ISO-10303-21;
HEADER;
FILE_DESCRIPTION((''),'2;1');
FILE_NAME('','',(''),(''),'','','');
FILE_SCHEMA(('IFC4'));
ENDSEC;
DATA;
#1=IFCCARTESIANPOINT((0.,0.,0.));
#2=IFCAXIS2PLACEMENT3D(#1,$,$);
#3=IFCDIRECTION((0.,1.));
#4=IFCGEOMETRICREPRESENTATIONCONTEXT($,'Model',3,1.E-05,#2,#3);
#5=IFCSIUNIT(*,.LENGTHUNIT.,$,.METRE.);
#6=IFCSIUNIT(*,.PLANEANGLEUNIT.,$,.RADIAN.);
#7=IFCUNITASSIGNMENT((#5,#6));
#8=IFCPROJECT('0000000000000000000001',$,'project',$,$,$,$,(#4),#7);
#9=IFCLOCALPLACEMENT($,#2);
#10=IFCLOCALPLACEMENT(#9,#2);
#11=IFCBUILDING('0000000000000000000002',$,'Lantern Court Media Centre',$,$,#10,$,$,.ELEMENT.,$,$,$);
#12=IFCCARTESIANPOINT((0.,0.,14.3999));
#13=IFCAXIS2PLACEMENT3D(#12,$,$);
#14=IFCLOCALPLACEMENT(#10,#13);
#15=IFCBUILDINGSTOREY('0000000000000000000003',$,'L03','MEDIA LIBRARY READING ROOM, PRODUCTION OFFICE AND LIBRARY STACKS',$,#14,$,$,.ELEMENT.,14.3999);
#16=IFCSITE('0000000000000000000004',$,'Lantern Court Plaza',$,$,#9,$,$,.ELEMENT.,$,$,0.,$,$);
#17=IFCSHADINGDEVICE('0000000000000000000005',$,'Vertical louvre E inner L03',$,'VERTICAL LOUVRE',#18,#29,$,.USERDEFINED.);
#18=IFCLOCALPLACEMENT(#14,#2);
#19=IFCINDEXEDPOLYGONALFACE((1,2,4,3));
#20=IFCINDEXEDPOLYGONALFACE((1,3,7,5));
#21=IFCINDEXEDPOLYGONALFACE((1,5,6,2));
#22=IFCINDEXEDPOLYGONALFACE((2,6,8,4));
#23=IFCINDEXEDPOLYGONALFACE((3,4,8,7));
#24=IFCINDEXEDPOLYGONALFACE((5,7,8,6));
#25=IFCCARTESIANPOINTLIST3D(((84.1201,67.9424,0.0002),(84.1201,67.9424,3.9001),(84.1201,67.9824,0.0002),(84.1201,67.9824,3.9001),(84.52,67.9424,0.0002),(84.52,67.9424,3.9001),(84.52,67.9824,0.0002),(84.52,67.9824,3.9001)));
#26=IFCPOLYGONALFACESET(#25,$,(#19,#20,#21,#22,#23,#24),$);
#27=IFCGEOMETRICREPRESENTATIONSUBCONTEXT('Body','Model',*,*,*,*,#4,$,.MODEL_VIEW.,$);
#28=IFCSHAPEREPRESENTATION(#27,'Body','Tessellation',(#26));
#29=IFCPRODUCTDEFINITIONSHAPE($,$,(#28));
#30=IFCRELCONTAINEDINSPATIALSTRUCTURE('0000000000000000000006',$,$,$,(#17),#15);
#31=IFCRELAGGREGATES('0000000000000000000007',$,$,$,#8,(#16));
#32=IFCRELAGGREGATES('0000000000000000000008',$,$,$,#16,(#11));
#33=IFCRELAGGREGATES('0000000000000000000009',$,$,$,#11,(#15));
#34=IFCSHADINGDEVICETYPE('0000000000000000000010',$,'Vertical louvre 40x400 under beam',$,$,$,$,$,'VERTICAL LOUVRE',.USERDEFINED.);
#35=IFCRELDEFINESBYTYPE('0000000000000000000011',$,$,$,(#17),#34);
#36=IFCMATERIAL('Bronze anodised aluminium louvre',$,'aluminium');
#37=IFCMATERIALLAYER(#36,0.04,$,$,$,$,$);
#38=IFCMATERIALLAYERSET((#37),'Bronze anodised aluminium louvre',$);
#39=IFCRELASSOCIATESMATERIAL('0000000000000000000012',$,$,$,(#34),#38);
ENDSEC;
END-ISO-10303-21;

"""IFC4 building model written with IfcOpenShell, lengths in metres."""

from ifc_helpers import new_model, si_unit, direction, frame, origin, origin_2d, place, context, subcontext, project, spatial, rectangle, extrude, material, layer, layer_set, type_object, element, save


model = new_model("IFC4")

# Units and contexts
model_context = context("Model", 3, precision=1e-05, world=origin(), true_north=direction((0.0, 1.0)))
body_context = subcontext(model_context, "Body", "Model", "MODEL_VIEW")
ifc_project = project(units=[si_unit("LENGTHUNIT", "METRE"), si_unit("PLANEANGLEUNIT", "RADIAN")], contexts=[model_context])

# Site, building, storey
site_placement = place(None, origin())
site = spatial("IfcSite", under=ifc_project, at=site_placement, Name="Lantern Court Plaza", CompositionType="ELEMENT", RefElevation=0.0)
building_placement = place(site_placement, origin())
building = spatial("IfcBuilding", under=site, at=building_placement, Name="Lantern Court Media Centre", CompositionType="ELEMENT")
storey_placement = place(building_placement, frame((0.0, 0.0, 14.3999)))
storey = spatial("IfcBuildingStorey", under=building, at=storey_placement, Name="L03", Description="MEDIA LIBRARY READING ROOM, PRODUCTION OFFICE AND LIBRARY STACKS", CompositionType="ELEMENT", Elevation=14.3999)

# Shading device
ifc_material_1 = material(Name="Bronze anodised aluminium louvre", Category="aluminium")
ifc_layer_1 = layer(ifc_material_1, 0.04)
ifc_layer_set_1 = layer_set([ifc_layer_1], Name="Bronze anodised aluminium louvre")
shading_device_type = type_object("IfcShadingDeviceType", Name="Vertical louvre 40x400 under beam", ElementType="VERTICAL LOUVRE", PredefinedType="USERDEFINED", material=ifc_layer_set_1)
for number, where, z_axis, x_axis, name in (
    (1, (84.3201, 67.9624, 0.0002), (0.0, 0.0, 1.0), (1.0, 0.0, 0.0), "Vertical louvre E inner L03"),
):
    element("IfcShadingDevice", number, at=place(storey_placement, frame(where, z_axis=z_axis, x_axis=x_axis)), inside=storey, type_object=shading_device_type, Name=name, ObjectType="VERTICAL LOUVRE", PredefinedType="USERDEFINED", context=body_context, shape_type="SweptSolid", body=[
        extrude(rectangle(XDim=0.3999, YDim=0.04, at=origin_2d()), origin(), (0.0, 0.0, 1.0), 3.8999),
    ])

save(model, "model.ifc")
